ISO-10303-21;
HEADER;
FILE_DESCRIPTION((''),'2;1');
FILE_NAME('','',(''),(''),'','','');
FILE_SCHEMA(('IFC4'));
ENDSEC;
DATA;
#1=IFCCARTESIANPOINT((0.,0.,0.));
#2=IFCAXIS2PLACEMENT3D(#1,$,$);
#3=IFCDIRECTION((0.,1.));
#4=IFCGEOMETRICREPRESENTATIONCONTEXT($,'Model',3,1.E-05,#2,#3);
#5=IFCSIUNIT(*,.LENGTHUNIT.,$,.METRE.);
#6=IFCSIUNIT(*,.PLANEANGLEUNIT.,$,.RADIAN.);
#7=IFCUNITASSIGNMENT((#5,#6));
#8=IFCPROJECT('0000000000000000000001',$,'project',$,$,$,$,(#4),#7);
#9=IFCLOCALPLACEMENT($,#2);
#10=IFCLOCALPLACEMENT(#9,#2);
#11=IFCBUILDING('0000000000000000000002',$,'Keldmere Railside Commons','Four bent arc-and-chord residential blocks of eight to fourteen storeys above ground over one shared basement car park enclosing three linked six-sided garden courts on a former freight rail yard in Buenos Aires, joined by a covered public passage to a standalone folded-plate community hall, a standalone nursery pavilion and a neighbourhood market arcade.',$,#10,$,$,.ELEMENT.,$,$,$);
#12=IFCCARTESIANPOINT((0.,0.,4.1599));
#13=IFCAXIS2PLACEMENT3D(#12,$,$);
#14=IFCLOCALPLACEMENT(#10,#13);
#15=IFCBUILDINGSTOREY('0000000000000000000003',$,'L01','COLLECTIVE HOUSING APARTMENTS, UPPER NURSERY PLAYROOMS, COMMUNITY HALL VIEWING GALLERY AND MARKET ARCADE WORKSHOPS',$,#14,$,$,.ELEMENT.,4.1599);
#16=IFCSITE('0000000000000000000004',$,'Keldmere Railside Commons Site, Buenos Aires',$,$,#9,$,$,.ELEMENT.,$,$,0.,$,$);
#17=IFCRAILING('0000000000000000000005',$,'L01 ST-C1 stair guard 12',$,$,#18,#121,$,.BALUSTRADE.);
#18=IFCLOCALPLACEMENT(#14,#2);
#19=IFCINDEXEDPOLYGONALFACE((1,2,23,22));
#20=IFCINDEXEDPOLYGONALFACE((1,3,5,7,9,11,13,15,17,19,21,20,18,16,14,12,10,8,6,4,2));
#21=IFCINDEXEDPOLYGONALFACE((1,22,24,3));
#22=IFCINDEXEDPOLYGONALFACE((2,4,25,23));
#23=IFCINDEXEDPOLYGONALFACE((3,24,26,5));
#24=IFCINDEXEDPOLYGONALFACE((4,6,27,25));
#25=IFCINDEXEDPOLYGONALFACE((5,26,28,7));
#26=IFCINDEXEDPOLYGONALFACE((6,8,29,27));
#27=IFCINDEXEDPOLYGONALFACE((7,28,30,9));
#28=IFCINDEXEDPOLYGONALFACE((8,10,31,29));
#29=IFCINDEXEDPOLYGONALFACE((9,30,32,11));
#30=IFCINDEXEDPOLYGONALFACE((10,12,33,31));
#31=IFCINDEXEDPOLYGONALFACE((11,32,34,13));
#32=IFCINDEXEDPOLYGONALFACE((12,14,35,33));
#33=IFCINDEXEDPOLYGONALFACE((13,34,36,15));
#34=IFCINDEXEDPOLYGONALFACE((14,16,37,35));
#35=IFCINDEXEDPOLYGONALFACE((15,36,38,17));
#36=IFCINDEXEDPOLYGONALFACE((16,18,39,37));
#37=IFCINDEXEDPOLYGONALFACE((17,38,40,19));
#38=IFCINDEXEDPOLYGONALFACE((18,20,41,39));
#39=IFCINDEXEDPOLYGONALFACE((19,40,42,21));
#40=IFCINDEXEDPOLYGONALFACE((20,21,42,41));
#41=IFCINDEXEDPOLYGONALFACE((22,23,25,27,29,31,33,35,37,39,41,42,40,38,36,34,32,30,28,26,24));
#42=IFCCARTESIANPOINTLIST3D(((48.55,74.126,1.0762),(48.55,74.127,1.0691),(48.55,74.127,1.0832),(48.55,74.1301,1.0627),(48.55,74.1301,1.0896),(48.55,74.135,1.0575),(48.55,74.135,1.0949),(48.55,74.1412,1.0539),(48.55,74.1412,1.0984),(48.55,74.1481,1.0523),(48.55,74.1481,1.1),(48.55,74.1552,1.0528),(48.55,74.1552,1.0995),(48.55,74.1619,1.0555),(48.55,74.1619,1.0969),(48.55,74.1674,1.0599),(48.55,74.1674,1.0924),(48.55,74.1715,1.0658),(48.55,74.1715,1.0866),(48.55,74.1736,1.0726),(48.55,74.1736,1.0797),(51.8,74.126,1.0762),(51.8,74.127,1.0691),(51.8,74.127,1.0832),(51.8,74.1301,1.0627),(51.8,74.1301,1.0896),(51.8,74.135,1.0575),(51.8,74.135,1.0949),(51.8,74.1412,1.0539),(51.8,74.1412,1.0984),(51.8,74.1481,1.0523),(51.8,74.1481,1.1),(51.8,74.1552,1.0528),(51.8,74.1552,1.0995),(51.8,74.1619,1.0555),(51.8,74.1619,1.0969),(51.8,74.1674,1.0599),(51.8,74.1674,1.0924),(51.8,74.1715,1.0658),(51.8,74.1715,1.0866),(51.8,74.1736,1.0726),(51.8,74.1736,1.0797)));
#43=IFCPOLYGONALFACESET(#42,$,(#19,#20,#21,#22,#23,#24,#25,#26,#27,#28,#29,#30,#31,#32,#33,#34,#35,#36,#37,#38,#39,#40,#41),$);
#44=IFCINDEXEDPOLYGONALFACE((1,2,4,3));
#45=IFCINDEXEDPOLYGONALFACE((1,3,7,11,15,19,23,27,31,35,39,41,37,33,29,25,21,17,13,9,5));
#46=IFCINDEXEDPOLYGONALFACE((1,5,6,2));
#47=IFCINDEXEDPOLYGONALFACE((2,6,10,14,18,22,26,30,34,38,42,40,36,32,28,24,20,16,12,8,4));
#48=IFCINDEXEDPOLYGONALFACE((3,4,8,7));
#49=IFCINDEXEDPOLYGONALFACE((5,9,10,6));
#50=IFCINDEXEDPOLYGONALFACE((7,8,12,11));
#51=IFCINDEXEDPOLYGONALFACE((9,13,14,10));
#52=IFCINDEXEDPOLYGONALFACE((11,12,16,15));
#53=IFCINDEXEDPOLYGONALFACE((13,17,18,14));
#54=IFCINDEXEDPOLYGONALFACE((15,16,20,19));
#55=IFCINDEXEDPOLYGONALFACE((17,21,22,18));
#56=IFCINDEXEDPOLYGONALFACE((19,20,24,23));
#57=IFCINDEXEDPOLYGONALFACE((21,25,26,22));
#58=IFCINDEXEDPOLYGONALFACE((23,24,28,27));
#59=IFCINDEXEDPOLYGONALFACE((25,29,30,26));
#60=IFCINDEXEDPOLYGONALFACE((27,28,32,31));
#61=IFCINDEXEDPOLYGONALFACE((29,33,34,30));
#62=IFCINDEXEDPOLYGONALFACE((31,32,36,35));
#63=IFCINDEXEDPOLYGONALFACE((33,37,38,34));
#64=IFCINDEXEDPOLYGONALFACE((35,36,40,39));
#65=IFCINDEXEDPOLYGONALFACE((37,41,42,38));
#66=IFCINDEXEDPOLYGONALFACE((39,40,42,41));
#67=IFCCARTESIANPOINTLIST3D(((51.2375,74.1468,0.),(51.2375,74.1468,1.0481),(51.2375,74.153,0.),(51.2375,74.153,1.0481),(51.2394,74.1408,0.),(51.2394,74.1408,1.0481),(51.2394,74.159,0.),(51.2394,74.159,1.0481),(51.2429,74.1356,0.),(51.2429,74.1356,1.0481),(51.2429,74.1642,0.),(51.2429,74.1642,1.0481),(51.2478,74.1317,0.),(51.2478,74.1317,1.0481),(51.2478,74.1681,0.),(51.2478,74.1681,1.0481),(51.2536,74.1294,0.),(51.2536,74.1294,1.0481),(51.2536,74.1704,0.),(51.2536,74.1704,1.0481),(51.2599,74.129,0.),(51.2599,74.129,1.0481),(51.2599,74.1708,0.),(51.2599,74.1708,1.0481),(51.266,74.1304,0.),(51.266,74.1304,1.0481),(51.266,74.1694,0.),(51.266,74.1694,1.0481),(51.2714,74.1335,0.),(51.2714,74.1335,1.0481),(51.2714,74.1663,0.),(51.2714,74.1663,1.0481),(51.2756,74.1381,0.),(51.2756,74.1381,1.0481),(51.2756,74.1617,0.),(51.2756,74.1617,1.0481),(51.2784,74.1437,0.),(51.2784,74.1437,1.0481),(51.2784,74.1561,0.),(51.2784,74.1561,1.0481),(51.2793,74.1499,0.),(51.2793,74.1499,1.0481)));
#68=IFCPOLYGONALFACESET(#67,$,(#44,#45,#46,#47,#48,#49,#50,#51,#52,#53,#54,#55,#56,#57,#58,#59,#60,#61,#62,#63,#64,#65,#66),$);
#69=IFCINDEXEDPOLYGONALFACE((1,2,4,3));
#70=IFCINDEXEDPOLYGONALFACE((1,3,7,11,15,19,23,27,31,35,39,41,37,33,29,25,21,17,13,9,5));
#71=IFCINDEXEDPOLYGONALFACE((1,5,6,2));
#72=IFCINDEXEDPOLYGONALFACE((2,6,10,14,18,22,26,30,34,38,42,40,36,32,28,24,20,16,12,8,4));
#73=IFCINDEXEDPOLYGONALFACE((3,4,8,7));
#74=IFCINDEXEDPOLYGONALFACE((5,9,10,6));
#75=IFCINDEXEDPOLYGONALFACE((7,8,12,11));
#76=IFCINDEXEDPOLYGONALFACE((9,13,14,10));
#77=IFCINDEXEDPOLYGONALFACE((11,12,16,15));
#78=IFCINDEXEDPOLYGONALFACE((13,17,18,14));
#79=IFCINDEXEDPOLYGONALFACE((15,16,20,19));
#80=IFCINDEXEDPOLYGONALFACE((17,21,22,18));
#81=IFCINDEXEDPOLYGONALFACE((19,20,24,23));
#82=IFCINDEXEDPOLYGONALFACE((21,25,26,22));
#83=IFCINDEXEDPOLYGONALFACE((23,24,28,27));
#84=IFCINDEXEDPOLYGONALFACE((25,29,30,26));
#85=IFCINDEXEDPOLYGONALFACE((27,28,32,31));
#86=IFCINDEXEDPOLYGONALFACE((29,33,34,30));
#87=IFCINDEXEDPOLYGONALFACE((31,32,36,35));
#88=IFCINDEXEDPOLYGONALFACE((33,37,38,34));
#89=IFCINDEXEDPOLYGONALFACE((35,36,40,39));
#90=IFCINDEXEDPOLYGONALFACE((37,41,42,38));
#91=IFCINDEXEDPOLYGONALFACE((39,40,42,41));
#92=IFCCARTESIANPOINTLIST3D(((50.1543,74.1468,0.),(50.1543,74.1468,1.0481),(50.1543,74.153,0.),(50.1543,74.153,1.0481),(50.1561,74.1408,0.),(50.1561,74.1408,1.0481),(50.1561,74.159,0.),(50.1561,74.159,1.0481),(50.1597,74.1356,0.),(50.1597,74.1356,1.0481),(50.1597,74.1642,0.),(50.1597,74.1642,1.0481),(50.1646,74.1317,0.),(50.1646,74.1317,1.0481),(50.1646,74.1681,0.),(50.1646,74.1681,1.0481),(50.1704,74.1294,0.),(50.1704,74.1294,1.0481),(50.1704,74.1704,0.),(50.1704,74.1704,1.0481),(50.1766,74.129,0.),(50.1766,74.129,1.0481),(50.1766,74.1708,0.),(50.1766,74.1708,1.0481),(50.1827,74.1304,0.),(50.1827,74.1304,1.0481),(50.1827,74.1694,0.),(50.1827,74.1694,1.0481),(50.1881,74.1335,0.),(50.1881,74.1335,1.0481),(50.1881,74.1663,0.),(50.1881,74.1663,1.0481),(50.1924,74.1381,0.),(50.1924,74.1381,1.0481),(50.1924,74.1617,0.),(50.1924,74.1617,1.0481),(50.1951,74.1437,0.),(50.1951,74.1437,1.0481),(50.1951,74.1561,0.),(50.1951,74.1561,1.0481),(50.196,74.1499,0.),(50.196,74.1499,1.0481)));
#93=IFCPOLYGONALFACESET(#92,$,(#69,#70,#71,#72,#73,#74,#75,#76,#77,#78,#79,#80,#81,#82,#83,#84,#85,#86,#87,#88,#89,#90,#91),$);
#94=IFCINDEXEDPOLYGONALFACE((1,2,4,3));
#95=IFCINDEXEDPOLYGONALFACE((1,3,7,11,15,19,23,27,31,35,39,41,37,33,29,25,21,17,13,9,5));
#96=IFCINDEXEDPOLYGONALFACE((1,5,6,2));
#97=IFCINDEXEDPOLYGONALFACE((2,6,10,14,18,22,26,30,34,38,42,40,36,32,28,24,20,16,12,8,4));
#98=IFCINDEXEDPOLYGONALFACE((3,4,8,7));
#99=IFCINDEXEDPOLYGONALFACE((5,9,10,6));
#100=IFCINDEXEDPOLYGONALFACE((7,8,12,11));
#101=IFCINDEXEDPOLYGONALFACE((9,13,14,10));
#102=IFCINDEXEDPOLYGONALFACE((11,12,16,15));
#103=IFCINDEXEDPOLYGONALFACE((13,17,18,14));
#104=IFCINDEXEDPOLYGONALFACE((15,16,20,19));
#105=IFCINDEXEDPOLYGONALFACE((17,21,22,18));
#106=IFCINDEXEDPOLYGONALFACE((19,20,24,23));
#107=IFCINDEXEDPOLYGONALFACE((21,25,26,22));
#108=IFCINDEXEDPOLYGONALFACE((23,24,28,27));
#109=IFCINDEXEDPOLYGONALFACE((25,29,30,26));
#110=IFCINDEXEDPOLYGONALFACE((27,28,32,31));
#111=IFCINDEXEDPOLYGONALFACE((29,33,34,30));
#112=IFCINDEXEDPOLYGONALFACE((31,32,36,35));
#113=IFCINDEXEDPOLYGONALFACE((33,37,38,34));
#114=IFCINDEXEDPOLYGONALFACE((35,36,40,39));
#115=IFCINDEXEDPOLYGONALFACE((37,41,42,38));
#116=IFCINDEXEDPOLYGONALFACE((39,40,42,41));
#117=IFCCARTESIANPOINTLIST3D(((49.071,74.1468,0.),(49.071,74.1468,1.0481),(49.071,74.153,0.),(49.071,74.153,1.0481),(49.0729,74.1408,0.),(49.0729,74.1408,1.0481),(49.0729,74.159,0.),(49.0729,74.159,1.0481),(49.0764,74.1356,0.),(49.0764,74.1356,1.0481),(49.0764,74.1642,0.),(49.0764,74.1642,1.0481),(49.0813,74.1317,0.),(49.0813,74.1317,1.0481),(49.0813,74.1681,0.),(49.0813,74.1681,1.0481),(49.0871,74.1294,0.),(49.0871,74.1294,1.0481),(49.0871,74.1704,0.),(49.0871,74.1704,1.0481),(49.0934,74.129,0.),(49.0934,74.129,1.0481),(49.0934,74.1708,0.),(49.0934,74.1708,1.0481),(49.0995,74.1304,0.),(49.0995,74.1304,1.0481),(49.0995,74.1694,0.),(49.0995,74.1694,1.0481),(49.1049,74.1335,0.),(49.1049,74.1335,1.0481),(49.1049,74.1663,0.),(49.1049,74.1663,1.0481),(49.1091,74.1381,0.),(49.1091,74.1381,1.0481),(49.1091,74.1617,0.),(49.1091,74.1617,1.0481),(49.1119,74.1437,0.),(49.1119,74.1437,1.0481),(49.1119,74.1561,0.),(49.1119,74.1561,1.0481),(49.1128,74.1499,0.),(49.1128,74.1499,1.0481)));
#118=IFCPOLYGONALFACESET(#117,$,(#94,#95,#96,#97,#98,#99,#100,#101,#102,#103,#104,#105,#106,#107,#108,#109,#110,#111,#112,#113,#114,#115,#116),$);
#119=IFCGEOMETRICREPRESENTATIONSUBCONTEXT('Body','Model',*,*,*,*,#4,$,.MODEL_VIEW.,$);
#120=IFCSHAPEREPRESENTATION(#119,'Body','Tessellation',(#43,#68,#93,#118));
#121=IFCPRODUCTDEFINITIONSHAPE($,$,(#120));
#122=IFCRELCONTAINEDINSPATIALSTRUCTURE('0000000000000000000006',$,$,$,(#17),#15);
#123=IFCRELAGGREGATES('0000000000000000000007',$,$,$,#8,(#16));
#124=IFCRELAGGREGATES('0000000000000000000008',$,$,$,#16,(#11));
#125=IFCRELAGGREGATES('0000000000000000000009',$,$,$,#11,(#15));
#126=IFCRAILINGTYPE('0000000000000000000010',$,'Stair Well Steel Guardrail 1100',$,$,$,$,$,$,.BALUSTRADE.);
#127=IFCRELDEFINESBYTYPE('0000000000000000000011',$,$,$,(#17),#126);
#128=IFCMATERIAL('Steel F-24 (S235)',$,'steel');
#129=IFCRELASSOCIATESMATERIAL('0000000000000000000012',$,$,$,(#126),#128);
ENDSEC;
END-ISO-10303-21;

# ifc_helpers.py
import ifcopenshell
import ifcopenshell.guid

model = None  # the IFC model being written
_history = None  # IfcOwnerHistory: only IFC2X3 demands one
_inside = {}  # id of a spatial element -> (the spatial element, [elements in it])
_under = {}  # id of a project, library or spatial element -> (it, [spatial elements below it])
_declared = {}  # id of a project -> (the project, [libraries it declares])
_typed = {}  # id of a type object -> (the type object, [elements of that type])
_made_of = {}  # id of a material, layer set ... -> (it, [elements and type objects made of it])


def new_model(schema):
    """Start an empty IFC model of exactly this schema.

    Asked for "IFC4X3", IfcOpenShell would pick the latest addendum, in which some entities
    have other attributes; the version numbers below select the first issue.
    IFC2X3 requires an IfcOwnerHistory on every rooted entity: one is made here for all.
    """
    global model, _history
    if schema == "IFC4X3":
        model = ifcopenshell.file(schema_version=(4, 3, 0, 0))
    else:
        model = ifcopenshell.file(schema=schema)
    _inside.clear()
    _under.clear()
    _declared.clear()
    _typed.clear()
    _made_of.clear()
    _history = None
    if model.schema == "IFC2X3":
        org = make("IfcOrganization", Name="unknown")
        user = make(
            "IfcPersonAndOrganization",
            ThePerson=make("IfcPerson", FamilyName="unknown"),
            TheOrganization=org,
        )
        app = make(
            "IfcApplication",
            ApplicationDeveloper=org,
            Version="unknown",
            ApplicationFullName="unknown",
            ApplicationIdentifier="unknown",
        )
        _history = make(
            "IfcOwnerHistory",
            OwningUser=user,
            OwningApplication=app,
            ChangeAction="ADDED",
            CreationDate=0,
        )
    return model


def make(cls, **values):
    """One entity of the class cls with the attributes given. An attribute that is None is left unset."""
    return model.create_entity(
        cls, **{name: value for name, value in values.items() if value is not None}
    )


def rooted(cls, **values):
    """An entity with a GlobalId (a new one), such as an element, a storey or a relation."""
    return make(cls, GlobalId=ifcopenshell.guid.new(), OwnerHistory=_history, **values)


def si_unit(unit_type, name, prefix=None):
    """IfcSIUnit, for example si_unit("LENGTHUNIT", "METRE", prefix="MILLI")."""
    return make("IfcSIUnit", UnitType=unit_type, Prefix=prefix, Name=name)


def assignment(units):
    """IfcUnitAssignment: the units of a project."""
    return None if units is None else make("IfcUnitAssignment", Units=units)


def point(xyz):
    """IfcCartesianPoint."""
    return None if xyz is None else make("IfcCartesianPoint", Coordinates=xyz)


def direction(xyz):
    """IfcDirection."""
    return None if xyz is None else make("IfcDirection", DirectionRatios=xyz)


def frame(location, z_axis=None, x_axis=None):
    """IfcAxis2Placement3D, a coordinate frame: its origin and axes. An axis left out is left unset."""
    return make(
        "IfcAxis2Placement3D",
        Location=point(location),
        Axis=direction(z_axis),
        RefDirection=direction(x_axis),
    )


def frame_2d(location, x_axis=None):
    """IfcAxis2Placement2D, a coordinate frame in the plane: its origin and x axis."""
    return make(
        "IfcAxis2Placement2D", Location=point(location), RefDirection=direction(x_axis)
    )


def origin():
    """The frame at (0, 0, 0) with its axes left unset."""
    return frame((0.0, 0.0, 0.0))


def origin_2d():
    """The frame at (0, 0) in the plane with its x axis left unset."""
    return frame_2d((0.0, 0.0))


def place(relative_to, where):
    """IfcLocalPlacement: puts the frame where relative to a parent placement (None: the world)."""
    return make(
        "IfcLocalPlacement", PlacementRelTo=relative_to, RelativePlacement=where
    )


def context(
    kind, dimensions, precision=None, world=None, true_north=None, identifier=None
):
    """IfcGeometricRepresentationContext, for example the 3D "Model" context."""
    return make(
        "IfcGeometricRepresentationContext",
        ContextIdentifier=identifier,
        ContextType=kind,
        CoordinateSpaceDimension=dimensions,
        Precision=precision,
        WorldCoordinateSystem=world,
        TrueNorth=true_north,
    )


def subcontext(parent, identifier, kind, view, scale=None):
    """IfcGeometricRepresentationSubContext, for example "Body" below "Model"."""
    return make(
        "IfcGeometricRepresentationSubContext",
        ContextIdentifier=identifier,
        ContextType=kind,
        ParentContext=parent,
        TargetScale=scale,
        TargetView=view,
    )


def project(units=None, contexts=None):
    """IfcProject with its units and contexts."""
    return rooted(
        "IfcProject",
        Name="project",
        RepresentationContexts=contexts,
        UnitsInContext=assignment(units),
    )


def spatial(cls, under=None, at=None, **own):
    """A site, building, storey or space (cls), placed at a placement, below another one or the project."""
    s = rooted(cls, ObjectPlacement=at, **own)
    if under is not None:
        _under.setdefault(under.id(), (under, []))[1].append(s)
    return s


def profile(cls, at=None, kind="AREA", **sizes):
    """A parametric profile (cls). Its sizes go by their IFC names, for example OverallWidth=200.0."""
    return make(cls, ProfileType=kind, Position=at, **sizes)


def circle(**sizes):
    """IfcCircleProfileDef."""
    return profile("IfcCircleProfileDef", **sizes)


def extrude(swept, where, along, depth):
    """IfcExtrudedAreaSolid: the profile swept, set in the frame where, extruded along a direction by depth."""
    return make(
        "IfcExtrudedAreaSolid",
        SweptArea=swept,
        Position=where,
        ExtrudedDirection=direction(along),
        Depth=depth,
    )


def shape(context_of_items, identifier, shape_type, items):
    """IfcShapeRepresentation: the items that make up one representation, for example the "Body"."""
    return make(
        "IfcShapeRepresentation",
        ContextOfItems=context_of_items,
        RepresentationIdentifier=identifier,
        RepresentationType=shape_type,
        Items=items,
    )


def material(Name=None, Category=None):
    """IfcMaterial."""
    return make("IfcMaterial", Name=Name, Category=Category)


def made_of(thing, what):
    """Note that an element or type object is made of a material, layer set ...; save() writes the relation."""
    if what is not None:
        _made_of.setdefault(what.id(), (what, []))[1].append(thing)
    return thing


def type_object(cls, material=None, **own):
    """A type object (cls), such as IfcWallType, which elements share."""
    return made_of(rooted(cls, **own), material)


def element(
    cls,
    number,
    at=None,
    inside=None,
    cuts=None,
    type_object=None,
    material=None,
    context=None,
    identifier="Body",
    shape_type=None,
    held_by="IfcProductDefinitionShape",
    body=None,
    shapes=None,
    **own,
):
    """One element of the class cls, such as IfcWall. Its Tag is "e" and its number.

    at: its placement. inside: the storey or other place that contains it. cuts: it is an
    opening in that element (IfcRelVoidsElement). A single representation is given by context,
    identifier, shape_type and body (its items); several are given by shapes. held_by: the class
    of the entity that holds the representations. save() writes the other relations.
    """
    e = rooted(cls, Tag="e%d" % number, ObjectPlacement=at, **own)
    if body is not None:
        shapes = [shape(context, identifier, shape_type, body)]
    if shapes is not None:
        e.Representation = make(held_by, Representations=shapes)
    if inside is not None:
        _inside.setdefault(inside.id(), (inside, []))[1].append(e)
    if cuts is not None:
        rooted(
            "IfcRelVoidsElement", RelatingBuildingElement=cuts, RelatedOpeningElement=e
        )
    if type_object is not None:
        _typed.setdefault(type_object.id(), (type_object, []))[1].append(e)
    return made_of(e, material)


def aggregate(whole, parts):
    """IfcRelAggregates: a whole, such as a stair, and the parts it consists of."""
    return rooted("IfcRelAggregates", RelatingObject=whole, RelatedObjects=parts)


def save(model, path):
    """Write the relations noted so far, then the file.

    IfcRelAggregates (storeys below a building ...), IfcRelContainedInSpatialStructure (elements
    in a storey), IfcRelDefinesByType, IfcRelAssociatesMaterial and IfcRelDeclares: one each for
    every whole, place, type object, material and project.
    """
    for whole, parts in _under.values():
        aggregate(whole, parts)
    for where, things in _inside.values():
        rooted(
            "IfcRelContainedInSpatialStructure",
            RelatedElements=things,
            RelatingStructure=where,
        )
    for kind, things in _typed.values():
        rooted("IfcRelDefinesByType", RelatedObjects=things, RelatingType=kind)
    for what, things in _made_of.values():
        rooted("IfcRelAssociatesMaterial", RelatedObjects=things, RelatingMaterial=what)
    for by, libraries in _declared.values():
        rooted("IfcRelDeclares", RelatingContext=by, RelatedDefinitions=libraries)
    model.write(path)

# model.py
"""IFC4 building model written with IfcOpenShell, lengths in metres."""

from ifc_helpers import new_model, si_unit, direction, frame, origin, origin_2d, place, context, subcontext, project, spatial, circle, extrude, material, type_object, element, save


model = new_model("IFC4")

# Units and contexts
model_context = context("Model", 3, precision=1e-05, world=origin(), true_north=direction((0.0, 1.0)))
body_context = subcontext(model_context, "Body", "Model", "MODEL_VIEW")
ifc_project = project(units=[si_unit("LENGTHUNIT", "METRE"), si_unit("PLANEANGLEUNIT", "RADIAN")], contexts=[model_context])

# Site, building, storey
site_placement = place(None, origin())
site = spatial("IfcSite", under=ifc_project, at=site_placement, Name="Keldmere Railside Commons Site, Buenos Aires", CompositionType="ELEMENT", RefElevation=0.0)
building_placement = place(site_placement, origin())
building = spatial("IfcBuilding", under=site, at=building_placement, Name="Keldmere Railside Commons", Description="Four bent arc-and-chord residential blocks of eight to fourteen storeys above ground over one shared basement car park enclosing three linked six-sided garden courts on a former freight rail yard in Buenos Aires, joined by a covered public passage to a standalone folded-plate community hall, a standalone nursery pavilion and a neighbourhood market arcade.", CompositionType="ELEMENT")
storey_placement = place(building_placement, frame((0.0, 0.0, 4.1599)))
storey = spatial("IfcBuildingStorey", under=building, at=storey_placement, Name="L01", Description="COLLECTIVE HOUSING APARTMENTS, UPPER NURSERY PLAYROOMS, COMMUNITY HALL VIEWING GALLERY AND MARKET ARCADE WORKSHOPS", CompositionType="ELEMENT", Elevation=4.1599)

# Shared definitions
ifc_material_1 = material(Name="Steel F-24 (S235)", Category="steel")

# Railing
railing_type_1 = type_object("IfcRailingType", Name="Stair Well Steel Guardrail 1100", PredefinedType="BALUSTRADE", material=ifc_material_1)
railing_1_placement = place(storey_placement, frame((51.8, 74.1499, 0.0)))
element("IfcRailing", 1, at=railing_1_placement, inside=storey, type_object=railing_type_1, Name="L01 ST-C1 stair guard 12", PredefinedType="BALUSTRADE", context=body_context, shape_type="SweptSolid", body=[
    extrude(circle(Radius=0.0239, at=origin_2d()), frame((0.0, 0.0, 1.0762), z_axis=(-1.0, 0.0, 0.0), x_axis=(0.0, -1.0, 0.0)), (0.0, 0.0, 1.0), 3.25),
    extrude(circle(Radius=0.021, at=origin_2d()), frame((-0.5417, 0.0, 0.0)), (0.0, 0.0, 1.0), 1.0481),
    extrude(circle(Radius=0.021, at=origin_2d()), frame((-1.625, 0.0, 0.0)), (0.0, 0.0, 1.0), 1.0481),
    extrude(circle(Radius=0.021, at=origin_2d()), frame((-2.7083, 0.0, 0.0)), (0.0, 0.0, 1.0), 1.0481),
])

save(model, "model.ifc")
